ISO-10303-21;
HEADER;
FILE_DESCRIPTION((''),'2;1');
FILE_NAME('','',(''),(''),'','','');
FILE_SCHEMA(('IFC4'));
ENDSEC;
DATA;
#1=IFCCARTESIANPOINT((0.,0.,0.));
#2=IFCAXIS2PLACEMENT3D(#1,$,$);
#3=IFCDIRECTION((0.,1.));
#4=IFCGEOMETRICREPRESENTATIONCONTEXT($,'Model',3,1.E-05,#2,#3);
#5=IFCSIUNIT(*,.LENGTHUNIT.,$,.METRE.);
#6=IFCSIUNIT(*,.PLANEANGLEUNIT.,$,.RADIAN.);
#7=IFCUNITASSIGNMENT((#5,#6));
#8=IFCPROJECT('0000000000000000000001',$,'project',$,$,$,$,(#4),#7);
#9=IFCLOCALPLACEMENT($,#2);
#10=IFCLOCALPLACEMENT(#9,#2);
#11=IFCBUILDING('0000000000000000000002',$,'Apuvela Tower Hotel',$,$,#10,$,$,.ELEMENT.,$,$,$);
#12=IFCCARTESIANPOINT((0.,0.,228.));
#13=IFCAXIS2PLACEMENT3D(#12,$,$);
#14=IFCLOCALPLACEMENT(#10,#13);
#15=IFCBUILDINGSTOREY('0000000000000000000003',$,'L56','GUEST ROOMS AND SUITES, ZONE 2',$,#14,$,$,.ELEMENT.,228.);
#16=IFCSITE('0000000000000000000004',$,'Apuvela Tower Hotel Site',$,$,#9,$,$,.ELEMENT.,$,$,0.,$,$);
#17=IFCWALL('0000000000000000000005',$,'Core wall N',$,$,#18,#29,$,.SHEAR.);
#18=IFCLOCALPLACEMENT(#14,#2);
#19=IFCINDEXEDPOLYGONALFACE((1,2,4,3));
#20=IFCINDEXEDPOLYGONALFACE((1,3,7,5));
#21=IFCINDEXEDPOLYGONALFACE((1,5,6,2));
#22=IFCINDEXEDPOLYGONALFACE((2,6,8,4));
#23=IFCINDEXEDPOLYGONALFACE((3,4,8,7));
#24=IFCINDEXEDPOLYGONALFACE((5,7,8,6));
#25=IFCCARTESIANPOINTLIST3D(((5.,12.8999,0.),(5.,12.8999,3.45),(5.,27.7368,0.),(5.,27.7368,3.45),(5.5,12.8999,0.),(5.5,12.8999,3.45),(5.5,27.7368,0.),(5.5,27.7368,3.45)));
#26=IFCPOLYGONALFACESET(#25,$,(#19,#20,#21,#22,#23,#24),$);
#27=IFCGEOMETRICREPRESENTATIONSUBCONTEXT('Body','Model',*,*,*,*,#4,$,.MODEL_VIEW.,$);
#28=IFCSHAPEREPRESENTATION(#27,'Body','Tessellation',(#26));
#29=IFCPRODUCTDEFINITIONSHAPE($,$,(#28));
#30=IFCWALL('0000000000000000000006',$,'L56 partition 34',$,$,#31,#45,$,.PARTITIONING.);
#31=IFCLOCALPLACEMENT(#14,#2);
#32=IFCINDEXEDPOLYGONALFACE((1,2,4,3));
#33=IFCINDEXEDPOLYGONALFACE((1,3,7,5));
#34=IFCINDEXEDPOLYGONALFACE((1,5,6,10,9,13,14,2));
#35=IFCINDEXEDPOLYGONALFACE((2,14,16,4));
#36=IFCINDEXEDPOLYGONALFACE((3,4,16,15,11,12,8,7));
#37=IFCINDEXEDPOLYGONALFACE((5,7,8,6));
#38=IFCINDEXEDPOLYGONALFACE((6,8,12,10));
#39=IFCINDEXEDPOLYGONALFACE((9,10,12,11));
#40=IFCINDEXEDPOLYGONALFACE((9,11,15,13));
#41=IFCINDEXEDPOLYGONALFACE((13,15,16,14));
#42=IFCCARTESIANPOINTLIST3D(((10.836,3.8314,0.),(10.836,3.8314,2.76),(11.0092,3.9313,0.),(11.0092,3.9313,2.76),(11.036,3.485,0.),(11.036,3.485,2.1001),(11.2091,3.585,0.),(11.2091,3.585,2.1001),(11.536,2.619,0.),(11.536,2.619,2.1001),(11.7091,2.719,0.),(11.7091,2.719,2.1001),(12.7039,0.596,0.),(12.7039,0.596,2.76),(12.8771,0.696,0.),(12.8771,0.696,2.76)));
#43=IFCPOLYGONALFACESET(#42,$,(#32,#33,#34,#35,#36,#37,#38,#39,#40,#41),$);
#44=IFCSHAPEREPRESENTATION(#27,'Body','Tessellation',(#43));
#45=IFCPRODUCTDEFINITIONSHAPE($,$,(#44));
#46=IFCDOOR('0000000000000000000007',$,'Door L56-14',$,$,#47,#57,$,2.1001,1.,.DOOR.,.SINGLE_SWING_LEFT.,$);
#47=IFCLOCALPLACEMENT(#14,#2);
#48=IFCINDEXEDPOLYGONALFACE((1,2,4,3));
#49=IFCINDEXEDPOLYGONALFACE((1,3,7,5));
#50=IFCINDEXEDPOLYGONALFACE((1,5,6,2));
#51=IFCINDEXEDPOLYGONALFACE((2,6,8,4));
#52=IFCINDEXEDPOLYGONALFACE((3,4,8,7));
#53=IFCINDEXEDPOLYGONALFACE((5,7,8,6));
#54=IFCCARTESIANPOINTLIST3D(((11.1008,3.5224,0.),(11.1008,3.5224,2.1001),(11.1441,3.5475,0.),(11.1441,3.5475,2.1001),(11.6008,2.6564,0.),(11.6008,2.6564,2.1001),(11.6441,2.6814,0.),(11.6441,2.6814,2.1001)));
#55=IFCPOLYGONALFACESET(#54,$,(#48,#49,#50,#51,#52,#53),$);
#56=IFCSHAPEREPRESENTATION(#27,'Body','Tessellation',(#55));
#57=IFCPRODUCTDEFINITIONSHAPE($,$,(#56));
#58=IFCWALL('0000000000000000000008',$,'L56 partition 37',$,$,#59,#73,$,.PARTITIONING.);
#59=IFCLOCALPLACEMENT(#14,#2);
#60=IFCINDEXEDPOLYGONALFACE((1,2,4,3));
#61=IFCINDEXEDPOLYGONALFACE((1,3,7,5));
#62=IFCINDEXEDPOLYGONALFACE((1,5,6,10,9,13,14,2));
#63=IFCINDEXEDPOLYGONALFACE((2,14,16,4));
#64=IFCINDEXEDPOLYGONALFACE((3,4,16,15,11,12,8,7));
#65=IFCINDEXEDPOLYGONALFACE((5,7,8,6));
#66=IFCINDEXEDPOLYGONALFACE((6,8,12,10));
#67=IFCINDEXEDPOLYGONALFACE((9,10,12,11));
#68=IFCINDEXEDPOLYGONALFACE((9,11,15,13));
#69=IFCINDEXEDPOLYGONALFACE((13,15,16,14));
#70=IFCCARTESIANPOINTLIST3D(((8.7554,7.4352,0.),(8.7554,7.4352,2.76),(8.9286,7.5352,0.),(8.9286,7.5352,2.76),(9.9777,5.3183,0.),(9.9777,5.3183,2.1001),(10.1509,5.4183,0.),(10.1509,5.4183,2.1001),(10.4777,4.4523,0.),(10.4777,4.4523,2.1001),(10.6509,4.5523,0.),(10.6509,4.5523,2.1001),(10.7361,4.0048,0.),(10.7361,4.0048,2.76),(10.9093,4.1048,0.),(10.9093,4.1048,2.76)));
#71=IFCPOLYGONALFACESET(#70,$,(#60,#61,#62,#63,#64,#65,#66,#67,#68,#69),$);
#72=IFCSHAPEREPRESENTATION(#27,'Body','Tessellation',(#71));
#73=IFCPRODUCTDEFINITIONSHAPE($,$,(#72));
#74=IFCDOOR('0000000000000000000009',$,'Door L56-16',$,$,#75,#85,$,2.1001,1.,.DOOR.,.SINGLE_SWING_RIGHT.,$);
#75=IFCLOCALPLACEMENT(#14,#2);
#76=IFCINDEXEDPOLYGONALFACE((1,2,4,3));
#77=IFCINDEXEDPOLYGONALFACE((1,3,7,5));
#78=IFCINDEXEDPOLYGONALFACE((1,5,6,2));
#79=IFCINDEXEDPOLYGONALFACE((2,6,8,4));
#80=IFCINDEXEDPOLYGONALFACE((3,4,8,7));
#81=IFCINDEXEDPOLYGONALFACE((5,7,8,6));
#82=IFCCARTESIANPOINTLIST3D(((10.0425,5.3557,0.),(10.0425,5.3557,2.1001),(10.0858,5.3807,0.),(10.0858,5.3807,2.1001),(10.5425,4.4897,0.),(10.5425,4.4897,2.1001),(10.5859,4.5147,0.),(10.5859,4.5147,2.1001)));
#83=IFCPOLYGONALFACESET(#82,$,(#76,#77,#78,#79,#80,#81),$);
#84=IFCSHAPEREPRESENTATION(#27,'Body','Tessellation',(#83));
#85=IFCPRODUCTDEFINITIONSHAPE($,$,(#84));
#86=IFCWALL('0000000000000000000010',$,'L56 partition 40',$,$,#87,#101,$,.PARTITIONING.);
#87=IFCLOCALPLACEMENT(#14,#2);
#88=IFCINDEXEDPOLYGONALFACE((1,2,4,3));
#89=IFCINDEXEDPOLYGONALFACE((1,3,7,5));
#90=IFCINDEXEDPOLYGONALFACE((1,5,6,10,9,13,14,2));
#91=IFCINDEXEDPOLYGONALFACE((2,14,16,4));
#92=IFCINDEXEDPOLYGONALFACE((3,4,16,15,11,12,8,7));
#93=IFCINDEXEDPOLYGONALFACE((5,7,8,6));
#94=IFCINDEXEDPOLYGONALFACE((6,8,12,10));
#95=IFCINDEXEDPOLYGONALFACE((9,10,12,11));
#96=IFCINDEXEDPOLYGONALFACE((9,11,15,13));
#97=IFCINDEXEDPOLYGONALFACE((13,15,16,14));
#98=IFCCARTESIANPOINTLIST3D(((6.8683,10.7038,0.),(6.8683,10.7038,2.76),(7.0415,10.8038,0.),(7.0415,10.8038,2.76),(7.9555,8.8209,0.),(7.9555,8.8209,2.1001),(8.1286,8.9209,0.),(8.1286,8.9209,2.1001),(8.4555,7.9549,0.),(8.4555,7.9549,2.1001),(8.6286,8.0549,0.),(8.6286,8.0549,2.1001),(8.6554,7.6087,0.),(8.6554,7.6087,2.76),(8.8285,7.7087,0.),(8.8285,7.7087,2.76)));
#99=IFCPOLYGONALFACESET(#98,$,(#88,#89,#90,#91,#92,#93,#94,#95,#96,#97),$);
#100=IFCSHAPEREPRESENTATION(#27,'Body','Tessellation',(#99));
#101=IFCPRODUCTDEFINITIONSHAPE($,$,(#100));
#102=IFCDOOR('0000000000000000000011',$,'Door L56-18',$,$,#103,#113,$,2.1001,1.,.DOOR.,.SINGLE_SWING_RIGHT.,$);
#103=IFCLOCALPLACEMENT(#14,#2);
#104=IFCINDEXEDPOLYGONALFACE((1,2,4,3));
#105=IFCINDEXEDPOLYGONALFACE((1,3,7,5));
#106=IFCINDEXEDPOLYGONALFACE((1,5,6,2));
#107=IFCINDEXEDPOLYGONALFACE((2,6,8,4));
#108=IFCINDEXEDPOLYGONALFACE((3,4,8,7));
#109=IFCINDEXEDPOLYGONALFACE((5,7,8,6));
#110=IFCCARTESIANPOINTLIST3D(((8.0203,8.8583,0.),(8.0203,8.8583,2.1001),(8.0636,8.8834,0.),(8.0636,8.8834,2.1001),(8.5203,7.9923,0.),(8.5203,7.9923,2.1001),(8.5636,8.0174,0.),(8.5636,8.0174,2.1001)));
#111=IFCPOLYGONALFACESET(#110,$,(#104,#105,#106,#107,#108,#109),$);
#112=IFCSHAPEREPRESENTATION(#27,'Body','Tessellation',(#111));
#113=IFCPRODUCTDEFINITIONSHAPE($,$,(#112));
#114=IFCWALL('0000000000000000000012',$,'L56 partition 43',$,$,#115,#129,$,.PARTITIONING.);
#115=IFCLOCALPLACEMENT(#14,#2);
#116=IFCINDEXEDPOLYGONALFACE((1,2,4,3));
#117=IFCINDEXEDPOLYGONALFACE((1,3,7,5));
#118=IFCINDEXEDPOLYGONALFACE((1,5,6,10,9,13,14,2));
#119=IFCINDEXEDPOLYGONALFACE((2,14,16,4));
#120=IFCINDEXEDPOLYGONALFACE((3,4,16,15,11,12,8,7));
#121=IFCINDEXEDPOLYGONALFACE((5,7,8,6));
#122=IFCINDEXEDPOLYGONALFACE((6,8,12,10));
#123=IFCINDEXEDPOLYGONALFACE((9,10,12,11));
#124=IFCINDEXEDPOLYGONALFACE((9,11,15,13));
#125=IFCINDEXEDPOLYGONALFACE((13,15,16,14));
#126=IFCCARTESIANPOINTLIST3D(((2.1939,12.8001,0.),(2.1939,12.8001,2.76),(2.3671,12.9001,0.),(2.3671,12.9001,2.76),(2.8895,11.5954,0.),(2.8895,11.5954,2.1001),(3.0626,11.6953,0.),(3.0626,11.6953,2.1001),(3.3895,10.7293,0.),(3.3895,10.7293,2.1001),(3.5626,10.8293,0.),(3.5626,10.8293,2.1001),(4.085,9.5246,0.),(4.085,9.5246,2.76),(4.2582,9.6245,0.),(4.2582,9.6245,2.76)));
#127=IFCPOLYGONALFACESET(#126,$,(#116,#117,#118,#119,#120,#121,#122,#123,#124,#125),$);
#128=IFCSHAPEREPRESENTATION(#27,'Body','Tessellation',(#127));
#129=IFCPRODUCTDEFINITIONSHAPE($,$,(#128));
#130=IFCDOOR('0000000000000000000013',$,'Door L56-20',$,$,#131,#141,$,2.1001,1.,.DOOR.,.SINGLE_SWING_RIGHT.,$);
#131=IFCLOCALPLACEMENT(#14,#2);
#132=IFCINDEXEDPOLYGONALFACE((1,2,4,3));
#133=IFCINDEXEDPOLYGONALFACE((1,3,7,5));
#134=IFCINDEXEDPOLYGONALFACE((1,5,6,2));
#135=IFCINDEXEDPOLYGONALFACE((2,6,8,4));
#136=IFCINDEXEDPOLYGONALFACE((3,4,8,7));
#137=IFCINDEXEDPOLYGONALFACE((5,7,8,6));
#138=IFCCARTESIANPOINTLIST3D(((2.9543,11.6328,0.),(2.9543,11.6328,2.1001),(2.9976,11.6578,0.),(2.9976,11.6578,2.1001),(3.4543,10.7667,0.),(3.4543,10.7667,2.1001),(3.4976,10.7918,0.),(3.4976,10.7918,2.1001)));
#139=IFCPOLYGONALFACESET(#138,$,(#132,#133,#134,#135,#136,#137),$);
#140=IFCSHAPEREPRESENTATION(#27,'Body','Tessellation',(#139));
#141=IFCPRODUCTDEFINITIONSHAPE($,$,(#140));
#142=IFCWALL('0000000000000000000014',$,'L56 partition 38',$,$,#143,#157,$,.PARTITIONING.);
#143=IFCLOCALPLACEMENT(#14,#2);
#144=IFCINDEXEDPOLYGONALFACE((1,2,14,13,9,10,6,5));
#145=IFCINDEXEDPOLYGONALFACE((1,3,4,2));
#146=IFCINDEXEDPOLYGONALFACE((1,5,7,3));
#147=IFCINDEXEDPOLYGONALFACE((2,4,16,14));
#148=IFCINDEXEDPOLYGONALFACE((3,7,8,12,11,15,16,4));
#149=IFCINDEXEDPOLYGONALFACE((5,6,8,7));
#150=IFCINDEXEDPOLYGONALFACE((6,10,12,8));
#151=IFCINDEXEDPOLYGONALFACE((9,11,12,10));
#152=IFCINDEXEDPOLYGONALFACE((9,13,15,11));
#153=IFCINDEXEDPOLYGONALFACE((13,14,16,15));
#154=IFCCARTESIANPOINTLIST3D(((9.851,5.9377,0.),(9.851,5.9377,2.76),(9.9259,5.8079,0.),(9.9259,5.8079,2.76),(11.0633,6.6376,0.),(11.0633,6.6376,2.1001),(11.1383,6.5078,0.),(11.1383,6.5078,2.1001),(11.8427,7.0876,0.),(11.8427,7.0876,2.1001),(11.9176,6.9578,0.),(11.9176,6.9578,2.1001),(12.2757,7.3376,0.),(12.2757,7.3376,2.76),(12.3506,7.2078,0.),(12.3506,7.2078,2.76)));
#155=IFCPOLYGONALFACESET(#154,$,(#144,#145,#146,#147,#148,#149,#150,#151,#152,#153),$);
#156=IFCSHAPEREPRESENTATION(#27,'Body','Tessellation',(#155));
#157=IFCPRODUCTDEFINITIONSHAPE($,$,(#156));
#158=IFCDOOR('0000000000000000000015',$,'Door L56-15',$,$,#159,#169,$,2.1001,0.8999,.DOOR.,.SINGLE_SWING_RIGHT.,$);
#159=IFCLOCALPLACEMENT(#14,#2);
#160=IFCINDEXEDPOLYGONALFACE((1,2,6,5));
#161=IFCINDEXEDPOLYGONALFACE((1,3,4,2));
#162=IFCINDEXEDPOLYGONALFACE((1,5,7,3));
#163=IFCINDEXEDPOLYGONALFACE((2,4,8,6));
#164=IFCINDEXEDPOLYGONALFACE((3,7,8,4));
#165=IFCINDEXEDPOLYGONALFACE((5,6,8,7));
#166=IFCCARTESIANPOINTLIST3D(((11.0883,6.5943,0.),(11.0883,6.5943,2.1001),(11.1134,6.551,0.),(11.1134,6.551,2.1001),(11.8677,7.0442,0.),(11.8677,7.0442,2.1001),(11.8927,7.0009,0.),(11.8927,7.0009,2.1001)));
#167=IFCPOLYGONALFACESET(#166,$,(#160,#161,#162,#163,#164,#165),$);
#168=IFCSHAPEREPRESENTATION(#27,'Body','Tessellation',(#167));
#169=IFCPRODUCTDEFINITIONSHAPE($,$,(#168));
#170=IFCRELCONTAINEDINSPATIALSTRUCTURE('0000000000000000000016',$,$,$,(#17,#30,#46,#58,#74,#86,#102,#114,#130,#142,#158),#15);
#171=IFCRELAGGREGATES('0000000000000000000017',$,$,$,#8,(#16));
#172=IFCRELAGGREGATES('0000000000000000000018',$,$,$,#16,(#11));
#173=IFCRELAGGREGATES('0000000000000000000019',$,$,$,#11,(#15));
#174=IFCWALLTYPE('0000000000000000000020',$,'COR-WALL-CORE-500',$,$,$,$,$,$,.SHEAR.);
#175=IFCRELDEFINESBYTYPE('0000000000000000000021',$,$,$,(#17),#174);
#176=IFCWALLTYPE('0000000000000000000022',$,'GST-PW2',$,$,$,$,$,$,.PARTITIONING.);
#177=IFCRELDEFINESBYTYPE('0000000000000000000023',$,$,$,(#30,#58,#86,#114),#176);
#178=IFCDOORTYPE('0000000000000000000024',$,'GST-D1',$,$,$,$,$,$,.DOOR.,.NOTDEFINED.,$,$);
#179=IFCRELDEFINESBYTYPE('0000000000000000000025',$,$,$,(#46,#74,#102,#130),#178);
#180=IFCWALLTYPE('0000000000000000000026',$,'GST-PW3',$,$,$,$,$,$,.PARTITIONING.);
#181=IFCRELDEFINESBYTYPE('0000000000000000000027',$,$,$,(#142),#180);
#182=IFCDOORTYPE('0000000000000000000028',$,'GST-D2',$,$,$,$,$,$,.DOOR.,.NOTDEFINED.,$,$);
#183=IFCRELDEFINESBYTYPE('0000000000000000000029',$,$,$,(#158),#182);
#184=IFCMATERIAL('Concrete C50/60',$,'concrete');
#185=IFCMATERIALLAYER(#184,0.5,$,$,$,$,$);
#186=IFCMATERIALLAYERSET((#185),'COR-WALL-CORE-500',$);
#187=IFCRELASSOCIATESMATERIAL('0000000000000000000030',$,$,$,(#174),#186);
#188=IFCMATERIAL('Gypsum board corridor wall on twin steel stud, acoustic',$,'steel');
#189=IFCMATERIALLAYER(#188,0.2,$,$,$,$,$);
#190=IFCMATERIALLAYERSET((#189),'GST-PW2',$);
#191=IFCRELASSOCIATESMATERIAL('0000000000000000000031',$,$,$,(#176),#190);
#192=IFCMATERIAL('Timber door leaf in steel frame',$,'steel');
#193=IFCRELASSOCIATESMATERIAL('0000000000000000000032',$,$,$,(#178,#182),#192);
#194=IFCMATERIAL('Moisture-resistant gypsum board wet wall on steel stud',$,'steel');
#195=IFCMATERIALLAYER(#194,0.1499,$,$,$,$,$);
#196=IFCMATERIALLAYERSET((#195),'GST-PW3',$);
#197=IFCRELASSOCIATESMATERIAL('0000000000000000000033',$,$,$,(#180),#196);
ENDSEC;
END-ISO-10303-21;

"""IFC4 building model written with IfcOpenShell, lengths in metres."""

from ifc_helpers import new_model, si_unit, direction, frame, frame_2d, origin, place, context, subcontext, project, spatial, rectangle, extrude, material, layer, layer_set, type_object, element, fill, save


model = new_model("IFC4")

# Units and contexts
model_context = context("Model", 3, precision=1e-05, world=origin(), true_north=direction((0.0, 1.0)))
body_context = subcontext(model_context, "Body", "Model", "MODEL_VIEW")
ifc_project = project(units=[si_unit("LENGTHUNIT", "METRE"), si_unit("PLANEANGLEUNIT", "RADIAN")], contexts=[model_context])

# Site, building, storey
site_placement = place(None, origin())
site = spatial("IfcSite", under=ifc_project, at=site_placement, Name="Apuvela Tower Hotel Site", CompositionType="ELEMENT", RefElevation=0.0)
building_placement = place(site_placement, origin())
building = spatial("IfcBuilding", under=site, at=building_placement, Name="Apuvela Tower Hotel", CompositionType="ELEMENT")
storey_placement = place(building_placement, frame((0.0, 0.0, 228.0)))
storey = spatial("IfcBuildingStorey", under=building, at=storey_placement, Name="L56", Description="GUEST ROOMS AND SUITES, ZONE 2", CompositionType="ELEMENT", Elevation=228.0)

# Shared definitions
ifc_material_1 = material(Name="Concrete C50/60", Category="concrete")

# Wall
ifc_layer_1 = layer(ifc_material_1, 0.5)
ifc_layer_set_1 = layer_set([ifc_layer_1], Name="COR-WALL-CORE-500")
wall_type_1 = type_object("IfcWallType", Name="COR-WALL-CORE-500", PredefinedType="SHEAR", material=ifc_layer_set_1)
wall_1_placement = place(storey_placement, frame((5.25, 12.8999, 0.0), z_axis=(0.0, 0.0, 1.0), x_axis=(0.0, 1.0, 0.0)))
element("IfcWall", 1, at=wall_1_placement, inside=storey, type_object=wall_type_1, Name="Core wall N", PredefinedType="SHEAR", context=body_context, shape_type="SweptSolid", body=[
    extrude(rectangle(XDim=14.8369, YDim=0.5, at=frame_2d((7.4185, 0.0))), origin(), (0.0, 0.0, 1.0), 3.45),
])

# Walls, openings, doors
ifc_material_2 = material(Name="Gypsum board corridor wall on twin steel stud, acoustic", Category="steel")
ifc_layer_2 = layer(ifc_material_2, 0.2)
ifc_layer_set_2 = layer_set([ifc_layer_2], Name="GST-PW2")
wall_type_2 = type_object("IfcWallType", Name="GST-PW2", PredefinedType="PARTITIONING", material=ifc_layer_set_2)
wall_2_placement = place(storey_placement, frame((10.9226, 3.8813, 0.0), z_axis=(0.0, 0.0, 1.0), x_axis=(0.499998, -0.866027, 0.0)))
wall_2 = element("IfcWall", 2, at=wall_2_placement, inside=storey, type_object=wall_type_2, Name="L56 partition 34", PredefinedType="PARTITIONING", context=body_context, shape_type="SweptSolid", body=[
    extrude(rectangle(XDim=3.7358, YDim=0.2, at=frame_2d((1.8679, 0.0))), origin(), (0.0, 0.0, 1.0), 2.76),
])
opening_1_placement = place(wall_2_placement, frame((0.3999, 0.0, 0.0)))
opening_1 = element("IfcOpeningElement", 3, at=opening_1_placement, cuts=wall_2, PredefinedType="OPENING", context=body_context, shape_type="SweptSolid", body=[
    extrude(rectangle(XDim=1.0, YDim=2.1001, at=frame_2d((0.5, 1.05))), frame((0.0, 0.1099, 0.0), z_axis=(0.0, -1.0, 0.0), x_axis=(1.0, 0.0, 0.0)), (0.0, 0.0, 1.0), 0.22),
])
ifc_material_3 = material(Name="Timber door leaf in steel frame", Category="steel")
door_type_1 = type_object("IfcDoorType", Name="GST-D1", OperationType="NOTDEFINED", PredefinedType="DOOR", material=ifc_material_3)
door_1_placement = place(opening_1_placement, origin())
door_1 = element("IfcDoor", 4, at=door_1_placement, inside=storey, type_object=door_type_1, Name="Door L56-14", OperationType="SINGLE_SWING_LEFT", OverallHeight=2.1001, OverallWidth=1.0, PredefinedType="DOOR", context=body_context, shape_type="SweptSolid", body=[
    extrude(rectangle(XDim=1.0, YDim=2.1001, at=frame_2d((0.5, 1.05))), frame((0.0, 0.0249, 0.0), z_axis=(0.0, -1.0, 0.0), x_axis=(1.0, 0.0, 0.0)), (0.0, 0.0, 1.0), 0.05),
])
fill(opening_1, door_1)
wall_3_placement = place(storey_placement, frame((8.842, 7.4851, 0.0), z_axis=(0.0, 0.0, 1.0), x_axis=(0.50003, -0.866008, 0.0)))
wall_3 = element("IfcWall", 5, at=wall_3_placement, inside=storey, type_object=wall_type_2, Name="L56 partition 37", PredefinedType="PARTITIONING", context=body_context, shape_type="SweptSolid", body=[
    extrude(rectangle(XDim=3.9612, YDim=0.2, at=frame_2d((1.9805, 0.0))), origin(), (0.0, 0.0, 1.0), 2.76),
])
opening_2_placement = place(wall_3_placement, frame((2.4443, 0.0, 0.0)))
opening_2 = element("IfcOpeningElement", 6, at=opening_2_placement, cuts=wall_3, PredefinedType="OPENING", context=body_context, shape_type="SweptSolid", body=[
    extrude(rectangle(XDim=1.0, YDim=2.1001, at=frame_2d((0.5, 1.05))), frame((0.0, 0.1099, 0.0), z_axis=(0.0, -1.0, 0.0), x_axis=(1.0, 0.0, 0.0)), (0.0, 0.0, 1.0), 0.22),
])
door_2_placement = place(opening_2_placement, origin())
door_2 = element("IfcDoor", 7, at=door_2_placement, inside=storey, type_object=door_type_1, Name="Door L56-16", OperationType="SINGLE_SWING_RIGHT", OverallHeight=2.1001, OverallWidth=1.0, PredefinedType="DOOR", context=body_context, shape_type="SweptSolid", body=[
    extrude(rectangle(XDim=1.0, YDim=2.1001, at=frame_2d((0.5, 1.05))), frame((0.0, 0.0249, 0.0), z_axis=(0.0, -1.0, 0.0), x_axis=(1.0, 0.0, 0.0)), (0.0, 0.0, 1.0), 0.05),
])
fill(opening_2, door_2)
wall_4_placement = place(storey_placement, frame((6.9548, 10.7539, 0.0), z_axis=(0.0, 0.0, 1.0), x_axis=(0.500018, -0.866015, 0.0)))
wall_4 = element("IfcWall", 8, at=wall_4_placement, inside=storey, type_object=wall_type_2, Name="L56 partition 40", PredefinedType="PARTITIONING", context=body_context, shape_type="SweptSolid", body=[
    extrude(rectangle(XDim=3.574, YDim=0.2, at=frame_2d((1.7871, 0.0))), origin(), (0.0, 0.0, 1.0), 2.76),
])
opening_3_placement = place(wall_4_placement, frame((2.1743, 0.0, 0.0)))
opening_3 = element("IfcOpeningElement", 9, at=opening_3_placement, cuts=wall_4, PredefinedType="OPENING", context=body_context, shape_type="SweptSolid", body=[
    extrude(rectangle(XDim=1.0, YDim=2.1001, at=frame_2d((0.5, 1.05))), frame((0.0, 0.1099, 0.0), z_axis=(0.0, -1.0, 0.0), x_axis=(1.0, 0.0, 0.0)), (0.0, 0.0, 1.0), 0.22),
])
door_3_placement = place(opening_3_placement, origin())
door_3 = element("IfcDoor", 10, at=door_3_placement, inside=storey, type_object=door_type_1, Name="Door L56-18", OperationType="SINGLE_SWING_RIGHT", OverallHeight=2.1001, OverallWidth=1.0, PredefinedType="DOOR", context=body_context, shape_type="SweptSolid", body=[
    extrude(rectangle(XDim=1.0, YDim=2.1001, at=frame_2d((0.5, 1.05))), frame((0.0, 0.0249, 0.0), z_axis=(0.0, -1.0, 0.0), x_axis=(1.0, 0.0, 0.0)), (0.0, 0.0, 1.0), 0.05),
])
fill(opening_3, door_3)
wall_5_placement = place(storey_placement, frame((2.2805, 12.8501, 0.0), z_axis=(0.0, 0.0, 1.0), x_axis=(0.499985, -0.866034, 0.0)))
wall_5 = element("IfcWall", 11, at=wall_5_placement, inside=storey, type_object=wall_type_2, Name="L56 partition 43", PredefinedType="PARTITIONING", context=body_context, shape_type="SweptSolid", body=[
    extrude(rectangle(XDim=3.7822, YDim=0.2, at=frame_2d((1.8911, 0.0))), origin(), (0.0, 0.0, 1.0), 2.76),
])
opening_4_placement = place(wall_5_placement, frame((1.3911, 0.0, 0.0)))
opening_4 = element("IfcOpeningElement", 12, at=opening_4_placement, cuts=wall_5, PredefinedType="OPENING", context=body_context, shape_type="SweptSolid", body=[
    extrude(rectangle(XDim=1.0, YDim=2.1001, at=frame_2d((0.5, 1.05))), frame((0.0, 0.1099, 0.0), z_axis=(0.0, -1.0, 0.0), x_axis=(1.0, 0.0, 0.0)), (0.0, 0.0, 1.0), 0.22),
])
door_4_placement = place(opening_4_placement, origin())
door_4 = element("IfcDoor", 13, at=door_4_placement, inside=storey, type_object=door_type_1, Name="Door L56-20", OperationType="SINGLE_SWING_RIGHT", OverallHeight=2.1001, OverallWidth=1.0, PredefinedType="DOOR", context=body_context, shape_type="SweptSolid", body=[
    extrude(rectangle(XDim=1.0, YDim=2.1001, at=frame_2d((0.5, 1.05))), frame((0.0, 0.0249, 0.0), z_axis=(0.0, -1.0, 0.0), x_axis=(1.0, 0.0, 0.0)), (0.0, 0.0, 1.0), 0.05),
])
fill(opening_4, door_4)
ifc_material_4 = material(Name="Moisture-resistant gypsum board wet wall on steel stud", Category="steel")
ifc_layer_3 = layer(ifc_material_4, 0.1499)
ifc_layer_set_3 = layer_set([ifc_layer_3], Name="GST-PW3")
wall_type_3 = type_object("IfcWallType", Name="GST-PW3", PredefinedType="PARTITIONING", material=ifc_layer_set_3)
wall_6_placement = place(storey_placement, frame((9.8884, 5.8728, 0.0), z_axis=(0.0, 0.0, 1.0), x_axis=(0.866035, 0.499984, 0.0)))
wall_6 = element("IfcWall", 14, at=wall_6_placement, inside=storey, type_object=wall_type_3, Name="L56 partition 38", PredefinedType="PARTITIONING", context=body_context, shape_type="SweptSolid", body=[
    extrude(rectangle(XDim=2.7998, YDim=0.1499, at=frame_2d((1.3999, 0.0))), origin(), (0.0, 0.0, 1.0), 2.76),
])
opening_5_placement = place(wall_6_placement, frame((1.3999, 0.0, 0.0)))
opening_5 = element("IfcOpeningElement", 15, at=opening_5_placement, cuts=wall_6, PredefinedType="OPENING", context=body_context, shape_type="SweptSolid", body=[
    extrude(rectangle(XDim=0.8999, YDim=2.1001, at=frame_2d((0.45, 1.05))), frame((0.0, 0.085, 0.0), z_axis=(0.0, -1.0, 0.0), x_axis=(1.0, 0.0, 0.0)), (0.0, 0.0, 1.0), 0.1699),
])
door_type_2 = type_object("IfcDoorType", Name="GST-D2", OperationType="NOTDEFINED", PredefinedType="DOOR", material=ifc_material_3)
door_5_placement = place(opening_5_placement, origin())
door_5 = element("IfcDoor", 16, at=door_5_placement, inside=storey, type_object=door_type_2, Name="Door L56-15", OperationType="SINGLE_SWING_RIGHT", OverallHeight=2.1001, OverallWidth=0.8999, PredefinedType="DOOR", context=body_context, shape_type="SweptSolid", body=[
    extrude(rectangle(XDim=0.8999, YDim=2.1001, at=frame_2d((0.45, 1.05))), frame((0.0, 0.0249, 0.0), z_axis=(0.0, -1.0, 0.0), x_axis=(1.0, 0.0, 0.0)), (0.0, 0.0, 1.0), 0.05),
])
fill(opening_5, door_5)

save(model, "model.ifc")
